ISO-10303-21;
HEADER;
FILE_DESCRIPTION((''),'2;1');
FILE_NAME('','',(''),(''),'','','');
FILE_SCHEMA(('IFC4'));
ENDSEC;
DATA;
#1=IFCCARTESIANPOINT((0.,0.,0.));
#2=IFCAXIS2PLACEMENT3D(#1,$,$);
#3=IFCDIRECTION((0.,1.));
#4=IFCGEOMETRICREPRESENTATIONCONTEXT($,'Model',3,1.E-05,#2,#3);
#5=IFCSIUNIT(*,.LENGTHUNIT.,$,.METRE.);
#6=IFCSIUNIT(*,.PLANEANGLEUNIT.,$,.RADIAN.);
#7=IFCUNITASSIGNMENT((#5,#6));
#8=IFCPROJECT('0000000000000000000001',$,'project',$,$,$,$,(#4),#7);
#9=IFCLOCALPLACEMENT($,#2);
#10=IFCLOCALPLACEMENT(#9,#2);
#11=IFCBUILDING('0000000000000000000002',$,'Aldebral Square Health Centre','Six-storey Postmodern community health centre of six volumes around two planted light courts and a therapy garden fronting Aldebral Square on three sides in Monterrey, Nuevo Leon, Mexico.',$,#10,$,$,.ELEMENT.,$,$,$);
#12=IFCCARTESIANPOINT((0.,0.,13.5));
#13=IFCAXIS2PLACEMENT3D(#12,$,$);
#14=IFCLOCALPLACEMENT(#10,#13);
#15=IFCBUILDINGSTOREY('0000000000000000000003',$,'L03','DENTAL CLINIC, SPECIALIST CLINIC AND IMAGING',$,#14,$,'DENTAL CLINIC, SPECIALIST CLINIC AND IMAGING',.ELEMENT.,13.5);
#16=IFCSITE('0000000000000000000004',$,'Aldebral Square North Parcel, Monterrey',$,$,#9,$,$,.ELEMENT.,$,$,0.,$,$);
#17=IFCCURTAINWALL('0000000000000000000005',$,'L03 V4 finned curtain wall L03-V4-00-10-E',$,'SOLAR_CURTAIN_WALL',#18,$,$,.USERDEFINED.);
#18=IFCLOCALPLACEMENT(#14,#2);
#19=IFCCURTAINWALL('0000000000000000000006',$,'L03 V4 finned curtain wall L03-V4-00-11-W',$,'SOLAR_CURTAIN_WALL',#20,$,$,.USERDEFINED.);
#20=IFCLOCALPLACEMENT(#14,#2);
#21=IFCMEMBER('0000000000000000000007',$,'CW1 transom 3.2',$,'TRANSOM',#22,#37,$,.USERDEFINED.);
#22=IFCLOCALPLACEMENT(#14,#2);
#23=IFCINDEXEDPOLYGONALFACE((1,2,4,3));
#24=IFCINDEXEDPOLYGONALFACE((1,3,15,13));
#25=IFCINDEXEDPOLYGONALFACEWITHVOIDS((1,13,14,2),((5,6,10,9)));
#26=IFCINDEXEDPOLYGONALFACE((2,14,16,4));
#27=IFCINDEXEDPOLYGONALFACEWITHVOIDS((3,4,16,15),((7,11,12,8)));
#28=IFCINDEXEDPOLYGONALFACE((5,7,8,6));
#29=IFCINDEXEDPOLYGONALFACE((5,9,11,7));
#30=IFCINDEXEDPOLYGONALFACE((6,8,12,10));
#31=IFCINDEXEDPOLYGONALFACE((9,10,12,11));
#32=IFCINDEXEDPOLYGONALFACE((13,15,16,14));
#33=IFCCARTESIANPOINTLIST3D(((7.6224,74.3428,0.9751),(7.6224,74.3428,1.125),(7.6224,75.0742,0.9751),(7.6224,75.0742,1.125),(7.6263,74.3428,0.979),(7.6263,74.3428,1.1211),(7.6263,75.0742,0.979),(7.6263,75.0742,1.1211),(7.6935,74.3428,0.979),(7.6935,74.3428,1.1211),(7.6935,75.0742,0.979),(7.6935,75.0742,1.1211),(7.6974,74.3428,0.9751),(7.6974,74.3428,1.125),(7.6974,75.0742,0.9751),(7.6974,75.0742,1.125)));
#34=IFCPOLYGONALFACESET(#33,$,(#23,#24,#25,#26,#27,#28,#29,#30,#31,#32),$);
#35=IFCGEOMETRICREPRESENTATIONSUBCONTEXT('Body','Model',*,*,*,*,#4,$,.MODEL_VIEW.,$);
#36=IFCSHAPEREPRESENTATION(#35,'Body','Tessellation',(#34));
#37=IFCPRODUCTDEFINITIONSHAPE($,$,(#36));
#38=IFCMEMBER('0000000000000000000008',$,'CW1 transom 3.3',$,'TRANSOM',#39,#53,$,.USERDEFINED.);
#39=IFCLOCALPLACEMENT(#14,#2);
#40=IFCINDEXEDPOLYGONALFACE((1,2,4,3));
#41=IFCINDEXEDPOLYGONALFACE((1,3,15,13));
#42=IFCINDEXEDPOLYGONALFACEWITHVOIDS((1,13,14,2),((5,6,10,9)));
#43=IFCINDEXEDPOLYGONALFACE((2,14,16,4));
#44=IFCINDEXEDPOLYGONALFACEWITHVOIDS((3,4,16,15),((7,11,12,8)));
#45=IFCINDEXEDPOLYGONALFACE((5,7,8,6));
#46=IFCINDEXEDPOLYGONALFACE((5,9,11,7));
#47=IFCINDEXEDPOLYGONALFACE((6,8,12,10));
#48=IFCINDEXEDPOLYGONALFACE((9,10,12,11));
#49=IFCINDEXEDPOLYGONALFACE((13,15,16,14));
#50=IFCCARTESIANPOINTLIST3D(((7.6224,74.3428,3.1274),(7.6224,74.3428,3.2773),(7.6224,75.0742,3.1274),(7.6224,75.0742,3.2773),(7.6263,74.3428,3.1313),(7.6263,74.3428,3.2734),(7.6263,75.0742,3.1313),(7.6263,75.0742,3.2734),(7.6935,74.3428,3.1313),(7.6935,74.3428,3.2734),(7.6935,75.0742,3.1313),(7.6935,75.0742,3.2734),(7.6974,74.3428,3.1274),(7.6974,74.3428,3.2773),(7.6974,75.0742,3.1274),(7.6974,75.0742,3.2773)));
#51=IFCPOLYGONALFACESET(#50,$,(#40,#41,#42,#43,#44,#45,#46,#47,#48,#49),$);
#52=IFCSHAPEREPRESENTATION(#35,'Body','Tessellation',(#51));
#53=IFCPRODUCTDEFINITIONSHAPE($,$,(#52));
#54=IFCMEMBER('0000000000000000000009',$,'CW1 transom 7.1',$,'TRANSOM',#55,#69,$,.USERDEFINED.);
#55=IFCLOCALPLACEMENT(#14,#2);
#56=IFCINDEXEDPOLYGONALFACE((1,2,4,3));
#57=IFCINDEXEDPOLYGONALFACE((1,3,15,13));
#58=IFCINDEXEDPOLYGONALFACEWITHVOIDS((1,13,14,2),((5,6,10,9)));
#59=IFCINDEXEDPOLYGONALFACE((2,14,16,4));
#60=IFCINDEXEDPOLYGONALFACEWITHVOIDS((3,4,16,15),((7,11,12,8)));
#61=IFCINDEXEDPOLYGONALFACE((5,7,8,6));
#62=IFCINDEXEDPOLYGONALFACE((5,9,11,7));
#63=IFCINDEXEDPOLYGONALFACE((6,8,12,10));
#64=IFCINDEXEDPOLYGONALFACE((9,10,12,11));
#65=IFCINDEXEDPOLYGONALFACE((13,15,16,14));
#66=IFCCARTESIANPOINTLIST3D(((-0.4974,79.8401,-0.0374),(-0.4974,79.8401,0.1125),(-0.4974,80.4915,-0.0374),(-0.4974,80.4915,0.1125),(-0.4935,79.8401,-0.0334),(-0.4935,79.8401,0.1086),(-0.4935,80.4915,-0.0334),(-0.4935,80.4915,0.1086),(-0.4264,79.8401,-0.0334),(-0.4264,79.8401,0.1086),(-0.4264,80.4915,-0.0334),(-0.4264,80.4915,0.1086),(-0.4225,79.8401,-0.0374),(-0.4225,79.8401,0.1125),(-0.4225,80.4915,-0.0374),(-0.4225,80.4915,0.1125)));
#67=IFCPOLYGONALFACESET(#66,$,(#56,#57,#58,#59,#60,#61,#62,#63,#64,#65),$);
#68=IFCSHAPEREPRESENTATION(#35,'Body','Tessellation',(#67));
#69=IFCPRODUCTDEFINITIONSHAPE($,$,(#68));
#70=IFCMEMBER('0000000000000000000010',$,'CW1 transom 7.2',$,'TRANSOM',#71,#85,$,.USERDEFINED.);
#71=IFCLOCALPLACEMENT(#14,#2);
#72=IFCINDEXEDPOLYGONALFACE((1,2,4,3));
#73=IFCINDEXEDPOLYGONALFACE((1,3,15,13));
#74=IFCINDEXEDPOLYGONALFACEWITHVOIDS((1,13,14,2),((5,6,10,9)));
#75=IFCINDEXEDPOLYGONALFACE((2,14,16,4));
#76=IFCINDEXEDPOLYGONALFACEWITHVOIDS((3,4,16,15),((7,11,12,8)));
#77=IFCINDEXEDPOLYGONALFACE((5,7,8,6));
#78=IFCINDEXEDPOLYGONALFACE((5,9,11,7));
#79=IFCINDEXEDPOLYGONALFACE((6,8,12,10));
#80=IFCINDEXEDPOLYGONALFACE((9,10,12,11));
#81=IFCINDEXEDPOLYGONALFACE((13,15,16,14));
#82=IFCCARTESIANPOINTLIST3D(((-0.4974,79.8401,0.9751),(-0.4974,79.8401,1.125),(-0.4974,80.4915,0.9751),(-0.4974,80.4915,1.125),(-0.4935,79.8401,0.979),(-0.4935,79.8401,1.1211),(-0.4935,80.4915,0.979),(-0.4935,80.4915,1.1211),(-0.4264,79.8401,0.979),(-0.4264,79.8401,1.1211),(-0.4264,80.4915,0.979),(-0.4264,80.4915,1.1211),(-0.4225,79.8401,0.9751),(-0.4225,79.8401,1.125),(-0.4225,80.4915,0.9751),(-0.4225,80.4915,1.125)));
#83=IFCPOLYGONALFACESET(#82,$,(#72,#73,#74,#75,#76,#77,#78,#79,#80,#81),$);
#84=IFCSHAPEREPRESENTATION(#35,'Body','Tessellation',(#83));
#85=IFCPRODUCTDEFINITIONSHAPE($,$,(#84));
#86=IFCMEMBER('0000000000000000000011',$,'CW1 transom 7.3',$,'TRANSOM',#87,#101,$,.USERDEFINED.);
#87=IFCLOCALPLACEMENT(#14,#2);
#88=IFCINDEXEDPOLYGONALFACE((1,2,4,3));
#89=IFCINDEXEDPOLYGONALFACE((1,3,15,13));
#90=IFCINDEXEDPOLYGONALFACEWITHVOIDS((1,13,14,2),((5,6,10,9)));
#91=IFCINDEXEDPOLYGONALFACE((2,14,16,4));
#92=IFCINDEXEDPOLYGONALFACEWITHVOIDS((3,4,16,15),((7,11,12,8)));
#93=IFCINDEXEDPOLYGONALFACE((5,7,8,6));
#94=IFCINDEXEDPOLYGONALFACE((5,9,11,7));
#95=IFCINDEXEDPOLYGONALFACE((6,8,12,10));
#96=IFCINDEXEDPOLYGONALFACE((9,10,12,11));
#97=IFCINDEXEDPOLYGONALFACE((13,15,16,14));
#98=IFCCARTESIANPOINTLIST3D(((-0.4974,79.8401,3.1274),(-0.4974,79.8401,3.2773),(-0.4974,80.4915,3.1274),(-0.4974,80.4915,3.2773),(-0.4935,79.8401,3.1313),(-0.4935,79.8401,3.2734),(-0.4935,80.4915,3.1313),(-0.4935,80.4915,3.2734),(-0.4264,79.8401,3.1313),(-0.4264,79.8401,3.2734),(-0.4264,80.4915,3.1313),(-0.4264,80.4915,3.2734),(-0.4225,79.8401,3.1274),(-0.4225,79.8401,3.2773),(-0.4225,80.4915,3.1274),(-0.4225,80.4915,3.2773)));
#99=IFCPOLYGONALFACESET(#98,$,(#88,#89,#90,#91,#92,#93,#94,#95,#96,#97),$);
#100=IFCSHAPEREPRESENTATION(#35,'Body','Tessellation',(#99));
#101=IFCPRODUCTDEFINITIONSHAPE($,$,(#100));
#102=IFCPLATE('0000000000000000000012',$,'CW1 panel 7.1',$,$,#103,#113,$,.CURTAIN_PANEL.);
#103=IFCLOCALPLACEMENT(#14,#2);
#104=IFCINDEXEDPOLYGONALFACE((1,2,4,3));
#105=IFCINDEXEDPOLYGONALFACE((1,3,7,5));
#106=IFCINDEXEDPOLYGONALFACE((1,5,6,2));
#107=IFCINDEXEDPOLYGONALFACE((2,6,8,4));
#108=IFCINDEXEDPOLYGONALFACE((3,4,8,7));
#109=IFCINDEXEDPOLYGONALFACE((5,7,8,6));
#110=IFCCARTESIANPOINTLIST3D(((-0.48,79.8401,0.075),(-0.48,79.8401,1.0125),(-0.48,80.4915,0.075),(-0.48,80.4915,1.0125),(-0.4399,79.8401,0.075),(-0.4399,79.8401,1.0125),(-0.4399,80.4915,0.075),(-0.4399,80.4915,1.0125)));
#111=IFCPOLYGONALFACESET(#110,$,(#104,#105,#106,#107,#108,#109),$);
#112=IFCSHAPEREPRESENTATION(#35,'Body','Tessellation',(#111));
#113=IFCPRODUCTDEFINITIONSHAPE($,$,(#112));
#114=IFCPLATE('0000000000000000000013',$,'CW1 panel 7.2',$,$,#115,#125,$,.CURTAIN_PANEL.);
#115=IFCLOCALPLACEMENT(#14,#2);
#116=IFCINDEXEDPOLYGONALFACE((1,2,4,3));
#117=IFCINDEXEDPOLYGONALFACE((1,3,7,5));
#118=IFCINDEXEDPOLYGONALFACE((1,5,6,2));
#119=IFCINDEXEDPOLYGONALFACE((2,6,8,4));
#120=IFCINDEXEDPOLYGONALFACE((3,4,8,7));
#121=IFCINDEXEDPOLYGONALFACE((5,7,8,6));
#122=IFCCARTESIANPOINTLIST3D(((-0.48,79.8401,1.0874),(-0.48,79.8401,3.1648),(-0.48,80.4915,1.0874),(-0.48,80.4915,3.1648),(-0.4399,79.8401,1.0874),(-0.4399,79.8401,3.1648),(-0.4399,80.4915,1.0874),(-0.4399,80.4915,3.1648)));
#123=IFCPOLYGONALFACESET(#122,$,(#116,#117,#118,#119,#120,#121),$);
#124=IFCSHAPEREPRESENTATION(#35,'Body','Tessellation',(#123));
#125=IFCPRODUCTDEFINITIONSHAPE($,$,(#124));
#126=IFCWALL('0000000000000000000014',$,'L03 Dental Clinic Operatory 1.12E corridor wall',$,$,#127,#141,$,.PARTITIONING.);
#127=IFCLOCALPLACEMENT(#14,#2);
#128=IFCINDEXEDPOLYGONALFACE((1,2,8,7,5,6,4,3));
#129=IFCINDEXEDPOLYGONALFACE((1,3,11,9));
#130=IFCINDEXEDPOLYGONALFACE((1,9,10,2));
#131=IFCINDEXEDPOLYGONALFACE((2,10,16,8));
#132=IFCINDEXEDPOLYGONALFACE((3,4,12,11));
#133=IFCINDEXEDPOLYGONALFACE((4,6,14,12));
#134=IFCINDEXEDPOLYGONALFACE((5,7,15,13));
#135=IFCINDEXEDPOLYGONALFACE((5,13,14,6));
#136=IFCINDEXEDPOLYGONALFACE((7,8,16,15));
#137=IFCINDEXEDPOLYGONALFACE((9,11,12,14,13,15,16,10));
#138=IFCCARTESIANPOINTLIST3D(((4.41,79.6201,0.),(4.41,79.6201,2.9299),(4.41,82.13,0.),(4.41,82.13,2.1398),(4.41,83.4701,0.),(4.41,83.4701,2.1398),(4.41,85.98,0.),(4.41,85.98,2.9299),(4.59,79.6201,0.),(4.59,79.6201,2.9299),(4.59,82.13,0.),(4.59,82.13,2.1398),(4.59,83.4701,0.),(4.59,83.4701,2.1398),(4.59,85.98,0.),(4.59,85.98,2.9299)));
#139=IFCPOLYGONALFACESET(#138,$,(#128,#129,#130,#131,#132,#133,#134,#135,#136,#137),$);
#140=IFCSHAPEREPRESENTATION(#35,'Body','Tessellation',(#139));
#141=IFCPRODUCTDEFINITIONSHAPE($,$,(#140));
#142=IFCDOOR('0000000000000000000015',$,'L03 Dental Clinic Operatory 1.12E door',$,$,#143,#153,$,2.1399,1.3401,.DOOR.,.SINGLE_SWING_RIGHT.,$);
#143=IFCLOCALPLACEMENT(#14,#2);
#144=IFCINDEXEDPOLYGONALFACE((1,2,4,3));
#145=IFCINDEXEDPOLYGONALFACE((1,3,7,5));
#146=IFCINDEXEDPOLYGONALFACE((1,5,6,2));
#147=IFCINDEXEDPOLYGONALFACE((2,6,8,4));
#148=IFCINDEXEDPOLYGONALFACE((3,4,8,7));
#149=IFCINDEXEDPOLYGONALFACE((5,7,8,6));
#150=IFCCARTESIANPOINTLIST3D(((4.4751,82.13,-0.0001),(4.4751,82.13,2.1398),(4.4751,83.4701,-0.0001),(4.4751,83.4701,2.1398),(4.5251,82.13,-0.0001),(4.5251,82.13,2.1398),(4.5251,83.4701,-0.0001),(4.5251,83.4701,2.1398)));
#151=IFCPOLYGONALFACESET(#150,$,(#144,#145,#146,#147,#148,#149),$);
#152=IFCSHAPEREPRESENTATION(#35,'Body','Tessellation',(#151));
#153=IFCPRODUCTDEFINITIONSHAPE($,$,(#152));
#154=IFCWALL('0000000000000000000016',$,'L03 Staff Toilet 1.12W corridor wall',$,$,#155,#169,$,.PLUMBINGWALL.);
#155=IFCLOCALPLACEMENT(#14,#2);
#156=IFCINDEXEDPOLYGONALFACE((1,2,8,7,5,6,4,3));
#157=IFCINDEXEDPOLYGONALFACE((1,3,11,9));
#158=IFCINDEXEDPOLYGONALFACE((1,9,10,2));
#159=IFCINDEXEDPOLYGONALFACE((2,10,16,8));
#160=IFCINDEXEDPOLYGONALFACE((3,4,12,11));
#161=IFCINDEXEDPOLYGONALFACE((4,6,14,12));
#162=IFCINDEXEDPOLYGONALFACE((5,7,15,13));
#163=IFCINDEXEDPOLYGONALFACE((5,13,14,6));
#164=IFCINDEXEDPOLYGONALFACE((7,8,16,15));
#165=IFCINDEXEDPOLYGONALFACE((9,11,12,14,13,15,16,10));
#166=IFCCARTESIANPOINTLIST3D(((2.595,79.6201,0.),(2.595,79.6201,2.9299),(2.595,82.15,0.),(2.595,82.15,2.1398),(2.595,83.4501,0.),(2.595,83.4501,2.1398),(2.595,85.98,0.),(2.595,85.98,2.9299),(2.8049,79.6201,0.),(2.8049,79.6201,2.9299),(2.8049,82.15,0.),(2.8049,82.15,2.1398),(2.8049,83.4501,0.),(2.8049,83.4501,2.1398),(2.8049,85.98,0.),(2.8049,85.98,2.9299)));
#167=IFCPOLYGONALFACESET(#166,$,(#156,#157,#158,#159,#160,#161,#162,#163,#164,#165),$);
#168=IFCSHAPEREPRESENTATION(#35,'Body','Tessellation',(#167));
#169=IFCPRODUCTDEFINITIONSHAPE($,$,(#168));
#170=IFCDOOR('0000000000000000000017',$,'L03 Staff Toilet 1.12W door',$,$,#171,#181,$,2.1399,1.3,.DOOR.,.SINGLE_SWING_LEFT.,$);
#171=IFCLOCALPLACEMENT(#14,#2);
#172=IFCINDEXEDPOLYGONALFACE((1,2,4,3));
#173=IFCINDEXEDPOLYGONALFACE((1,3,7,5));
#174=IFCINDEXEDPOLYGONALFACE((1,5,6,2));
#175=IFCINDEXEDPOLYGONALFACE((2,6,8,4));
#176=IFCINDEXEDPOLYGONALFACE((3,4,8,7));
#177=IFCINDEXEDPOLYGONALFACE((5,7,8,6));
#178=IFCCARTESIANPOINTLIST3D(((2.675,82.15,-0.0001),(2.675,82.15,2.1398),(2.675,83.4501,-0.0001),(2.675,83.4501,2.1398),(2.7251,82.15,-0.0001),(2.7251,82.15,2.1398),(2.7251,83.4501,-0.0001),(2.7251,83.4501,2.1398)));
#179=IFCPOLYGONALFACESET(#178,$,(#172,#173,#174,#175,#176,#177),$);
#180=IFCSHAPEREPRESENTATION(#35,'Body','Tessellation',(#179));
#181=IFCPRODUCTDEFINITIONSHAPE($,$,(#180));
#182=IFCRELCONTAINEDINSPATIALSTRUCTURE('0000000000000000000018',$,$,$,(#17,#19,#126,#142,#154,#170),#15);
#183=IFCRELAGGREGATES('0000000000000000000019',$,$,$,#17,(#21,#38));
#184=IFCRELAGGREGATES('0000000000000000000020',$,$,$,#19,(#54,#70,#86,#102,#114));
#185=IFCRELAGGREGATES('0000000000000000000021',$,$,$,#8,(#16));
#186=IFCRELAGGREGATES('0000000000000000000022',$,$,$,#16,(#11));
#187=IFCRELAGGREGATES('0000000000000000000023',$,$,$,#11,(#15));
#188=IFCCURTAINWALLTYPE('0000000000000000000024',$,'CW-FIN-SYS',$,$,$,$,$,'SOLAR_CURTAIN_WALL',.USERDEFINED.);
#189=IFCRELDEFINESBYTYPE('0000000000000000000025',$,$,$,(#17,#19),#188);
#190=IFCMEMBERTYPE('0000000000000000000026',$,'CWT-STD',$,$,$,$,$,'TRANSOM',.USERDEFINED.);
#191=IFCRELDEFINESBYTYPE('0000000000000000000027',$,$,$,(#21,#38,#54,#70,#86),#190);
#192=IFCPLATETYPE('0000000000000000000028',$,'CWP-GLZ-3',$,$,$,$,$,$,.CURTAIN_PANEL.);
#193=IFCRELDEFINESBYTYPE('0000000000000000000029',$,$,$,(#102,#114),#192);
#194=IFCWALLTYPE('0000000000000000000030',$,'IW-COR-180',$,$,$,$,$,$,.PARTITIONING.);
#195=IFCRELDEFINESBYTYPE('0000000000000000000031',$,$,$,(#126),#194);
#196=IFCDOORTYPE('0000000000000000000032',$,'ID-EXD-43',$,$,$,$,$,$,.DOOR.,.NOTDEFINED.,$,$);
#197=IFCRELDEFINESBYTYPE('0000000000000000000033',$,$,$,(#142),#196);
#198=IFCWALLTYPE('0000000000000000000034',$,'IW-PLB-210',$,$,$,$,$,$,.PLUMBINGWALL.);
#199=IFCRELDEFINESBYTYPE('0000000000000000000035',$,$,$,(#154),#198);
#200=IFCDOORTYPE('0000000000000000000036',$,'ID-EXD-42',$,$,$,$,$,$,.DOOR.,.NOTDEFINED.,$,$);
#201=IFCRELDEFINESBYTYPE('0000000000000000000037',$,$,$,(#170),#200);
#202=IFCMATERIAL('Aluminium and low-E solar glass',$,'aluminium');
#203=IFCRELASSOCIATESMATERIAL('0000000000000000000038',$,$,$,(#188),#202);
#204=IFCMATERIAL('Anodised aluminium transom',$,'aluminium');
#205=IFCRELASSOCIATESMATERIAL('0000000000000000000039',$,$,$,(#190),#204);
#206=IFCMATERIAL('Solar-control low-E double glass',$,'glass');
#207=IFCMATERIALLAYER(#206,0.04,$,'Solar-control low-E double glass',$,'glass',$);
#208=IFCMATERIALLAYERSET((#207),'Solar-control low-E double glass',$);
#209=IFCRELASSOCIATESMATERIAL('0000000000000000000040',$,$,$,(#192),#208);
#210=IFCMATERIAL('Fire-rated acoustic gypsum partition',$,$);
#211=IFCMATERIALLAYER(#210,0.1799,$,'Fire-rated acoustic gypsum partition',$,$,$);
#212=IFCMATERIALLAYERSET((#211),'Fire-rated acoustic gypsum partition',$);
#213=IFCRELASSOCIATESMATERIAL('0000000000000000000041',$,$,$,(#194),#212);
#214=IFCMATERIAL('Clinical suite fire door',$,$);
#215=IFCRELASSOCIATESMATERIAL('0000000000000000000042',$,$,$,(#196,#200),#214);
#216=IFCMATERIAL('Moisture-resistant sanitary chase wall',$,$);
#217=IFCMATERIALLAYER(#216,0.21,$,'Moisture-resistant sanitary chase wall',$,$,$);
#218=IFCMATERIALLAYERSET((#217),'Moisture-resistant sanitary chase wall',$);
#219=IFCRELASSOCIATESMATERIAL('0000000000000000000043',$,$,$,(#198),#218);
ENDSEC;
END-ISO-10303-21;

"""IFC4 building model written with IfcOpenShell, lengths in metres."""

from ifc_helpers import new_model, si_unit, direction, frame, frame_2d, origin, origin_2d, place, context, subcontext, project, spatial, rectangle, hollow_rectangle, extrude, material, layer, layer_set, material_profile, profile_set, type_object, element, fill, aggregate, save


model = new_model("IFC4")

# Units and contexts
model_context = context("Model", 3, precision=1e-05, world=origin(), true_north=direction((0.0, 1.0)))
body_context = subcontext(model_context, "Body", "Model", "MODEL_VIEW")
ifc_project = project(units=[si_unit("LENGTHUNIT", "METRE"), si_unit("PLANEANGLEUNIT", "RADIAN")], contexts=[model_context])

# Site, building, storey
site_placement = place(None, origin())
site = spatial("IfcSite", under=ifc_project, at=site_placement, Name="Aldebral Square North Parcel, Monterrey", CompositionType="ELEMENT", RefElevation=0.0)
building_placement = place(site_placement, origin())
building = spatial("IfcBuilding", under=site, at=building_placement, Name="Aldebral Square Health Centre", Description="Six-storey Postmodern community health centre of six volumes around two planted light courts and a therapy garden fronting Aldebral Square on three sides in Monterrey, Nuevo Leon, Mexico.", CompositionType="ELEMENT")
storey_placement = place(building_placement, frame((0.0, 0.0, 13.5)))
storey = spatial("IfcBuildingStorey", under=building, at=storey_placement, Name="L03", Description="DENTAL CLINIC, SPECIALIST CLINIC AND IMAGING", LongName="DENTAL CLINIC, SPECIALIST CLINIC AND IMAGING", CompositionType="ELEMENT", Elevation=13.5)

# Curtain walls
ifc_material_1 = material(Name="Aluminium and low-E solar glass", Category="aluminium")
curtain_wall_type = type_object("IfcCurtainWallType", Name="CW-FIN-SYS", ElementType="SOLAR_CURTAIN_WALL", PredefinedType="USERDEFINED", material=ifc_material_1)
curtain_wall_1_placement = place(storey_placement, origin())
curtain_wall_1 = element("IfcCurtainWall", 1, at=curtain_wall_1_placement, inside=storey, type_object=curtain_wall_type, Name="L03 V4 finned curtain wall L03-V4-00-10-E", ObjectType="SOLAR_CURTAIN_WALL", PredefinedType="USERDEFINED")
curtain_wall_2_placement = place(storey_placement, origin())
curtain_wall_2 = element("IfcCurtainWall", 2, at=curtain_wall_2_placement, inside=storey, type_object=curtain_wall_type, Name="L03 V4 finned curtain wall L03-V4-00-11-W", ObjectType="SOLAR_CURTAIN_WALL", PredefinedType="USERDEFINED")

# Members
ifc_material_2 = material(Name="Anodised aluminium transom", Category="aluminium")
ifc_material_profile_1 = material_profile(ifc_material_2, hollow_rectangle(XDim=0.075, YDim=0.1499, WallThickness=0.0039, at=origin_2d()), Name="CWT 75x150x4")
ifc_profile_set_1 = profile_set([ifc_material_profile_1], Name="Anodised aluminium transom")
member_type_1 = type_object("IfcMemberType", Name="CWT-STD", ElementType="TRANSOM", PredefinedType="USERDEFINED", material=ifc_profile_set_1)
member_1_placement = place(storey_placement, frame((7.6599, 74.3428, 1.05), z_axis=(0.0, 1.0, 0.0), x_axis=(-1.0, 0.0, 0.0)))
member_1 = element("IfcMember", 3, at=member_1_placement, type_object=member_type_1, Name="CW1 transom 3.2", ObjectType="TRANSOM", PredefinedType="USERDEFINED", context=body_context, shape_type="SweptSolid", body=[
    extrude(hollow_rectangle(XDim=0.075, YDim=0.1499, WallThickness=0.0039, at=origin_2d()), origin(), (0.0, 0.0, 1.0), 0.7314),
])
member_2_placement = place(storey_placement, frame((7.6599, 74.3428, 3.2024), z_axis=(0.0, 1.0, 0.0), x_axis=(-1.0, 0.0, 0.0)))
member_2 = element("IfcMember", 4, at=member_2_placement, type_object=member_type_1, Name="CW1 transom 3.3", ObjectType="TRANSOM", PredefinedType="USERDEFINED", context=body_context, shape_type="SweptSolid", body=[
    extrude(hollow_rectangle(XDim=0.075, YDim=0.1499, WallThickness=0.0039, at=origin_2d()), origin(), (0.0, 0.0, 1.0), 0.7314),
])
aggregate(curtain_wall_1, [member_1, member_2])
member_3_placement = place(storey_placement, frame((-0.46, 80.4915, 0.0376), z_axis=(0.0, -1.0, 0.0), x_axis=(1.0, 0.0, 0.0)))
member_3 = element("IfcMember", 5, at=member_3_placement, type_object=member_type_1, Name="CW1 transom 7.1", ObjectType="TRANSOM", PredefinedType="USERDEFINED", context=body_context, shape_type="SweptSolid", body=[
    extrude(hollow_rectangle(XDim=0.075, YDim=0.1499, WallThickness=0.0039, at=origin_2d()), origin(), (0.0, 0.0, 1.0), 0.6514),
])
member_4_placement = place(storey_placement, frame((-0.46, 80.4915, 1.05), z_axis=(0.0, -1.0, 0.0), x_axis=(1.0, 0.0, 0.0)))
member_4 = element("IfcMember", 6, at=member_4_placement, type_object=member_type_1, Name="CW1 transom 7.2", ObjectType="TRANSOM", PredefinedType="USERDEFINED", context=body_context, shape_type="SweptSolid", body=[
    extrude(hollow_rectangle(XDim=0.075, YDim=0.1499, WallThickness=0.0039, at=origin_2d()), origin(), (0.0, 0.0, 1.0), 0.6514),
])
member_5_placement = place(storey_placement, frame((-0.46, 80.4915, 3.2024), z_axis=(0.0, -1.0, 0.0), x_axis=(1.0, 0.0, 0.0)))
member_5 = element("IfcMember", 7, at=member_5_placement, type_object=member_type_1, Name="CW1 transom 7.3", ObjectType="TRANSOM", PredefinedType="USERDEFINED", context=body_context, shape_type="SweptSolid", body=[
    extrude(hollow_rectangle(XDim=0.075, YDim=0.1499, WallThickness=0.0039, at=origin_2d()), origin(), (0.0, 0.0, 1.0), 0.6514),
])

# Plates
ifc_material_3 = material(Name="Solar-control low-E double glass", Category="glass")
ifc_layer_1 = layer(ifc_material_3, 0.04, Name="Solar-control low-E double glass", Category="glass")
ifc_layer_set_1 = layer_set([ifc_layer_1], Name="Solar-control low-E double glass")
plate_type = type_object("IfcPlateType", Name="CWP-GLZ-3", PredefinedType="CURTAIN_PANEL", material=ifc_layer_set_1)
plate_1_placement = place(storey_placement, frame((-0.46, 80.1658, 0.075), z_axis=(0.0, 0.0, 1.0), x_axis=(0.0, -1.0, 0.0)))
plate_1 = element("IfcPlate", 8, at=plate_1_placement, type_object=plate_type, Name="CW1 panel 7.1", PredefinedType="CURTAIN_PANEL", context=body_context, shape_type="SweptSolid", body=[
    extrude(rectangle(XDim=0.6514, YDim=0.04, at=origin_2d()), origin(), (0.0, 0.0, 1.0), 0.9375),
])
plate_2_placement = place(storey_placement, frame((-0.46, 80.1658, 1.0874), z_axis=(0.0, 0.0, 1.0), x_axis=(0.0, -1.0, 0.0)))
plate_2 = element("IfcPlate", 9, at=plate_2_placement, type_object=plate_type, Name="CW1 panel 7.2", PredefinedType="CURTAIN_PANEL", context=body_context, shape_type="SweptSolid", body=[
    extrude(rectangle(XDim=0.6514, YDim=0.04, at=origin_2d()), origin(), (0.0, 0.0, 1.0), 2.0774),
])
aggregate(curtain_wall_2, [member_3, member_4, member_5, plate_1, plate_2])

# Walls, openings, doors
ifc_material_4 = material(Name="Fire-rated acoustic gypsum partition")
ifc_layer_2 = layer(ifc_material_4, 0.1799, Name="Fire-rated acoustic gypsum partition")
ifc_layer_set_2 = layer_set([ifc_layer_2], Name="Fire-rated acoustic gypsum partition")
wall_type_1 = type_object("IfcWallType", Name="IW-COR-180", PredefinedType="PARTITIONING", material=ifc_layer_set_2)
wall_1_placement = place(storey_placement, frame((4.5, 79.6201, 0.0), z_axis=(0.0, 0.0, 1.0), x_axis=(0.0, 1.0, 0.0)))
wall_1 = element("IfcWall", 10, at=wall_1_placement, inside=storey, type_object=wall_type_1, Name="L03 Dental Clinic Operatory 1.12E corridor wall", PredefinedType="PARTITIONING", context=body_context, shape_type="SweptSolid", body=[
    extrude(rectangle(XDim=6.3599, YDim=0.1799, at=frame_2d((3.1799, 0.0))), origin(), (0.0, 0.0, 1.0), 2.9299),
])
opening_1_placement = place(wall_1_placement, frame((2.51, 0.0, 0.0)))
opening_1 = element("IfcOpeningElement", 11, at=opening_1_placement, cuts=wall_1, PredefinedType="OPENING", context=body_context, shape_type="SweptSolid", body=[
    extrude(rectangle(XDim=1.3401, YDim=2.1399, at=frame_2d((0.6699, 1.0698))), frame((0.0, 0.1001, 0.0), z_axis=(0.0, -1.0, 0.0), x_axis=(1.0, 0.0, 0.0)), (0.0, 0.0, 1.0), 0.2),
])
ifc_material_5 = material(Name="Clinical suite fire door")
door_type_1 = type_object("IfcDoorType", Name="ID-EXD-43", OperationType="NOTDEFINED", PredefinedType="DOOR", material=ifc_material_5)
door_1_placement = place(opening_1_placement, origin())
door_1 = element("IfcDoor", 12, at=door_1_placement, inside=storey, type_object=door_type_1, Name="L03 Dental Clinic Operatory 1.12E door", OperationType="SINGLE_SWING_RIGHT", OverallHeight=2.1399, OverallWidth=1.3401, PredefinedType="DOOR", context=body_context, shape_type="SweptSolid", body=[
    extrude(rectangle(XDim=1.3401, YDim=2.1399, at=frame_2d((0.6699, 1.0698))), frame((0.0, 0.0249, 0.0), z_axis=(0.0, -1.0, 0.0), x_axis=(1.0, 0.0, 0.0)), (0.0, 0.0, 1.0), 0.05),
])
fill(opening_1, door_1)
ifc_material_6 = material(Name="Moisture-resistant sanitary chase wall")
ifc_layer_3 = layer(ifc_material_6, 0.21, Name="Moisture-resistant sanitary chase wall")
ifc_layer_set_3 = layer_set([ifc_layer_3], Name="Moisture-resistant sanitary chase wall")
wall_type_2 = type_object("IfcWallType", Name="IW-PLB-210", PredefinedType="PLUMBINGWALL", material=ifc_layer_set_3)
wall_2_placement = place(storey_placement, frame((2.7, 79.6201, 0.0), z_axis=(0.0, 0.0, 1.0), x_axis=(0.0, 1.0, 0.0)))
wall_2 = element("IfcWall", 13, at=wall_2_placement, inside=storey, type_object=wall_type_2, Name="L03 Staff Toilet 1.12W corridor wall", PredefinedType="PLUMBINGWALL", context=body_context, shape_type="SweptSolid", body=[
    extrude(rectangle(XDim=6.3599, YDim=0.21, at=frame_2d((3.1799, 0.0))), origin(), (0.0, 0.0, 1.0), 2.9299),
])
opening_2_placement = place(wall_2_placement, frame((2.53, 0.0, 0.0)))
opening_2 = element("IfcOpeningElement", 14, at=opening_2_placement, cuts=wall_2, PredefinedType="OPENING", context=body_context, shape_type="SweptSolid", body=[
    extrude(rectangle(XDim=1.3, YDim=2.1399, at=frame_2d((0.6499, 1.0698))), frame((0.0, 0.115, 0.0), z_axis=(0.0, -1.0, 0.0), x_axis=(1.0, 0.0, 0.0)), (0.0, 0.0, 1.0), 0.23),
])
door_type_2 = type_object("IfcDoorType", Name="ID-EXD-42", OperationType="NOTDEFINED", PredefinedType="DOOR", material=ifc_material_5)
door_2_placement = place(opening_2_placement, origin())
door_2 = element("IfcDoor", 15, at=door_2_placement, inside=storey, type_object=door_type_2, Name="L03 Staff Toilet 1.12W door", OperationType="SINGLE_SWING_LEFT", OverallHeight=2.1399, OverallWidth=1.3, PredefinedType="DOOR", context=body_context, shape_type="SweptSolid", body=[
    extrude(rectangle(XDim=1.3, YDim=2.1399, at=frame_2d((0.6499, 1.0698))), frame((0.0, 0.0249, 0.0), z_axis=(0.0, -1.0, 0.0), x_axis=(1.0, 0.0, 0.0)), (0.0, 0.0, 1.0), 0.05),
])
fill(opening_2, door_2)

save(model, "model.ifc")
